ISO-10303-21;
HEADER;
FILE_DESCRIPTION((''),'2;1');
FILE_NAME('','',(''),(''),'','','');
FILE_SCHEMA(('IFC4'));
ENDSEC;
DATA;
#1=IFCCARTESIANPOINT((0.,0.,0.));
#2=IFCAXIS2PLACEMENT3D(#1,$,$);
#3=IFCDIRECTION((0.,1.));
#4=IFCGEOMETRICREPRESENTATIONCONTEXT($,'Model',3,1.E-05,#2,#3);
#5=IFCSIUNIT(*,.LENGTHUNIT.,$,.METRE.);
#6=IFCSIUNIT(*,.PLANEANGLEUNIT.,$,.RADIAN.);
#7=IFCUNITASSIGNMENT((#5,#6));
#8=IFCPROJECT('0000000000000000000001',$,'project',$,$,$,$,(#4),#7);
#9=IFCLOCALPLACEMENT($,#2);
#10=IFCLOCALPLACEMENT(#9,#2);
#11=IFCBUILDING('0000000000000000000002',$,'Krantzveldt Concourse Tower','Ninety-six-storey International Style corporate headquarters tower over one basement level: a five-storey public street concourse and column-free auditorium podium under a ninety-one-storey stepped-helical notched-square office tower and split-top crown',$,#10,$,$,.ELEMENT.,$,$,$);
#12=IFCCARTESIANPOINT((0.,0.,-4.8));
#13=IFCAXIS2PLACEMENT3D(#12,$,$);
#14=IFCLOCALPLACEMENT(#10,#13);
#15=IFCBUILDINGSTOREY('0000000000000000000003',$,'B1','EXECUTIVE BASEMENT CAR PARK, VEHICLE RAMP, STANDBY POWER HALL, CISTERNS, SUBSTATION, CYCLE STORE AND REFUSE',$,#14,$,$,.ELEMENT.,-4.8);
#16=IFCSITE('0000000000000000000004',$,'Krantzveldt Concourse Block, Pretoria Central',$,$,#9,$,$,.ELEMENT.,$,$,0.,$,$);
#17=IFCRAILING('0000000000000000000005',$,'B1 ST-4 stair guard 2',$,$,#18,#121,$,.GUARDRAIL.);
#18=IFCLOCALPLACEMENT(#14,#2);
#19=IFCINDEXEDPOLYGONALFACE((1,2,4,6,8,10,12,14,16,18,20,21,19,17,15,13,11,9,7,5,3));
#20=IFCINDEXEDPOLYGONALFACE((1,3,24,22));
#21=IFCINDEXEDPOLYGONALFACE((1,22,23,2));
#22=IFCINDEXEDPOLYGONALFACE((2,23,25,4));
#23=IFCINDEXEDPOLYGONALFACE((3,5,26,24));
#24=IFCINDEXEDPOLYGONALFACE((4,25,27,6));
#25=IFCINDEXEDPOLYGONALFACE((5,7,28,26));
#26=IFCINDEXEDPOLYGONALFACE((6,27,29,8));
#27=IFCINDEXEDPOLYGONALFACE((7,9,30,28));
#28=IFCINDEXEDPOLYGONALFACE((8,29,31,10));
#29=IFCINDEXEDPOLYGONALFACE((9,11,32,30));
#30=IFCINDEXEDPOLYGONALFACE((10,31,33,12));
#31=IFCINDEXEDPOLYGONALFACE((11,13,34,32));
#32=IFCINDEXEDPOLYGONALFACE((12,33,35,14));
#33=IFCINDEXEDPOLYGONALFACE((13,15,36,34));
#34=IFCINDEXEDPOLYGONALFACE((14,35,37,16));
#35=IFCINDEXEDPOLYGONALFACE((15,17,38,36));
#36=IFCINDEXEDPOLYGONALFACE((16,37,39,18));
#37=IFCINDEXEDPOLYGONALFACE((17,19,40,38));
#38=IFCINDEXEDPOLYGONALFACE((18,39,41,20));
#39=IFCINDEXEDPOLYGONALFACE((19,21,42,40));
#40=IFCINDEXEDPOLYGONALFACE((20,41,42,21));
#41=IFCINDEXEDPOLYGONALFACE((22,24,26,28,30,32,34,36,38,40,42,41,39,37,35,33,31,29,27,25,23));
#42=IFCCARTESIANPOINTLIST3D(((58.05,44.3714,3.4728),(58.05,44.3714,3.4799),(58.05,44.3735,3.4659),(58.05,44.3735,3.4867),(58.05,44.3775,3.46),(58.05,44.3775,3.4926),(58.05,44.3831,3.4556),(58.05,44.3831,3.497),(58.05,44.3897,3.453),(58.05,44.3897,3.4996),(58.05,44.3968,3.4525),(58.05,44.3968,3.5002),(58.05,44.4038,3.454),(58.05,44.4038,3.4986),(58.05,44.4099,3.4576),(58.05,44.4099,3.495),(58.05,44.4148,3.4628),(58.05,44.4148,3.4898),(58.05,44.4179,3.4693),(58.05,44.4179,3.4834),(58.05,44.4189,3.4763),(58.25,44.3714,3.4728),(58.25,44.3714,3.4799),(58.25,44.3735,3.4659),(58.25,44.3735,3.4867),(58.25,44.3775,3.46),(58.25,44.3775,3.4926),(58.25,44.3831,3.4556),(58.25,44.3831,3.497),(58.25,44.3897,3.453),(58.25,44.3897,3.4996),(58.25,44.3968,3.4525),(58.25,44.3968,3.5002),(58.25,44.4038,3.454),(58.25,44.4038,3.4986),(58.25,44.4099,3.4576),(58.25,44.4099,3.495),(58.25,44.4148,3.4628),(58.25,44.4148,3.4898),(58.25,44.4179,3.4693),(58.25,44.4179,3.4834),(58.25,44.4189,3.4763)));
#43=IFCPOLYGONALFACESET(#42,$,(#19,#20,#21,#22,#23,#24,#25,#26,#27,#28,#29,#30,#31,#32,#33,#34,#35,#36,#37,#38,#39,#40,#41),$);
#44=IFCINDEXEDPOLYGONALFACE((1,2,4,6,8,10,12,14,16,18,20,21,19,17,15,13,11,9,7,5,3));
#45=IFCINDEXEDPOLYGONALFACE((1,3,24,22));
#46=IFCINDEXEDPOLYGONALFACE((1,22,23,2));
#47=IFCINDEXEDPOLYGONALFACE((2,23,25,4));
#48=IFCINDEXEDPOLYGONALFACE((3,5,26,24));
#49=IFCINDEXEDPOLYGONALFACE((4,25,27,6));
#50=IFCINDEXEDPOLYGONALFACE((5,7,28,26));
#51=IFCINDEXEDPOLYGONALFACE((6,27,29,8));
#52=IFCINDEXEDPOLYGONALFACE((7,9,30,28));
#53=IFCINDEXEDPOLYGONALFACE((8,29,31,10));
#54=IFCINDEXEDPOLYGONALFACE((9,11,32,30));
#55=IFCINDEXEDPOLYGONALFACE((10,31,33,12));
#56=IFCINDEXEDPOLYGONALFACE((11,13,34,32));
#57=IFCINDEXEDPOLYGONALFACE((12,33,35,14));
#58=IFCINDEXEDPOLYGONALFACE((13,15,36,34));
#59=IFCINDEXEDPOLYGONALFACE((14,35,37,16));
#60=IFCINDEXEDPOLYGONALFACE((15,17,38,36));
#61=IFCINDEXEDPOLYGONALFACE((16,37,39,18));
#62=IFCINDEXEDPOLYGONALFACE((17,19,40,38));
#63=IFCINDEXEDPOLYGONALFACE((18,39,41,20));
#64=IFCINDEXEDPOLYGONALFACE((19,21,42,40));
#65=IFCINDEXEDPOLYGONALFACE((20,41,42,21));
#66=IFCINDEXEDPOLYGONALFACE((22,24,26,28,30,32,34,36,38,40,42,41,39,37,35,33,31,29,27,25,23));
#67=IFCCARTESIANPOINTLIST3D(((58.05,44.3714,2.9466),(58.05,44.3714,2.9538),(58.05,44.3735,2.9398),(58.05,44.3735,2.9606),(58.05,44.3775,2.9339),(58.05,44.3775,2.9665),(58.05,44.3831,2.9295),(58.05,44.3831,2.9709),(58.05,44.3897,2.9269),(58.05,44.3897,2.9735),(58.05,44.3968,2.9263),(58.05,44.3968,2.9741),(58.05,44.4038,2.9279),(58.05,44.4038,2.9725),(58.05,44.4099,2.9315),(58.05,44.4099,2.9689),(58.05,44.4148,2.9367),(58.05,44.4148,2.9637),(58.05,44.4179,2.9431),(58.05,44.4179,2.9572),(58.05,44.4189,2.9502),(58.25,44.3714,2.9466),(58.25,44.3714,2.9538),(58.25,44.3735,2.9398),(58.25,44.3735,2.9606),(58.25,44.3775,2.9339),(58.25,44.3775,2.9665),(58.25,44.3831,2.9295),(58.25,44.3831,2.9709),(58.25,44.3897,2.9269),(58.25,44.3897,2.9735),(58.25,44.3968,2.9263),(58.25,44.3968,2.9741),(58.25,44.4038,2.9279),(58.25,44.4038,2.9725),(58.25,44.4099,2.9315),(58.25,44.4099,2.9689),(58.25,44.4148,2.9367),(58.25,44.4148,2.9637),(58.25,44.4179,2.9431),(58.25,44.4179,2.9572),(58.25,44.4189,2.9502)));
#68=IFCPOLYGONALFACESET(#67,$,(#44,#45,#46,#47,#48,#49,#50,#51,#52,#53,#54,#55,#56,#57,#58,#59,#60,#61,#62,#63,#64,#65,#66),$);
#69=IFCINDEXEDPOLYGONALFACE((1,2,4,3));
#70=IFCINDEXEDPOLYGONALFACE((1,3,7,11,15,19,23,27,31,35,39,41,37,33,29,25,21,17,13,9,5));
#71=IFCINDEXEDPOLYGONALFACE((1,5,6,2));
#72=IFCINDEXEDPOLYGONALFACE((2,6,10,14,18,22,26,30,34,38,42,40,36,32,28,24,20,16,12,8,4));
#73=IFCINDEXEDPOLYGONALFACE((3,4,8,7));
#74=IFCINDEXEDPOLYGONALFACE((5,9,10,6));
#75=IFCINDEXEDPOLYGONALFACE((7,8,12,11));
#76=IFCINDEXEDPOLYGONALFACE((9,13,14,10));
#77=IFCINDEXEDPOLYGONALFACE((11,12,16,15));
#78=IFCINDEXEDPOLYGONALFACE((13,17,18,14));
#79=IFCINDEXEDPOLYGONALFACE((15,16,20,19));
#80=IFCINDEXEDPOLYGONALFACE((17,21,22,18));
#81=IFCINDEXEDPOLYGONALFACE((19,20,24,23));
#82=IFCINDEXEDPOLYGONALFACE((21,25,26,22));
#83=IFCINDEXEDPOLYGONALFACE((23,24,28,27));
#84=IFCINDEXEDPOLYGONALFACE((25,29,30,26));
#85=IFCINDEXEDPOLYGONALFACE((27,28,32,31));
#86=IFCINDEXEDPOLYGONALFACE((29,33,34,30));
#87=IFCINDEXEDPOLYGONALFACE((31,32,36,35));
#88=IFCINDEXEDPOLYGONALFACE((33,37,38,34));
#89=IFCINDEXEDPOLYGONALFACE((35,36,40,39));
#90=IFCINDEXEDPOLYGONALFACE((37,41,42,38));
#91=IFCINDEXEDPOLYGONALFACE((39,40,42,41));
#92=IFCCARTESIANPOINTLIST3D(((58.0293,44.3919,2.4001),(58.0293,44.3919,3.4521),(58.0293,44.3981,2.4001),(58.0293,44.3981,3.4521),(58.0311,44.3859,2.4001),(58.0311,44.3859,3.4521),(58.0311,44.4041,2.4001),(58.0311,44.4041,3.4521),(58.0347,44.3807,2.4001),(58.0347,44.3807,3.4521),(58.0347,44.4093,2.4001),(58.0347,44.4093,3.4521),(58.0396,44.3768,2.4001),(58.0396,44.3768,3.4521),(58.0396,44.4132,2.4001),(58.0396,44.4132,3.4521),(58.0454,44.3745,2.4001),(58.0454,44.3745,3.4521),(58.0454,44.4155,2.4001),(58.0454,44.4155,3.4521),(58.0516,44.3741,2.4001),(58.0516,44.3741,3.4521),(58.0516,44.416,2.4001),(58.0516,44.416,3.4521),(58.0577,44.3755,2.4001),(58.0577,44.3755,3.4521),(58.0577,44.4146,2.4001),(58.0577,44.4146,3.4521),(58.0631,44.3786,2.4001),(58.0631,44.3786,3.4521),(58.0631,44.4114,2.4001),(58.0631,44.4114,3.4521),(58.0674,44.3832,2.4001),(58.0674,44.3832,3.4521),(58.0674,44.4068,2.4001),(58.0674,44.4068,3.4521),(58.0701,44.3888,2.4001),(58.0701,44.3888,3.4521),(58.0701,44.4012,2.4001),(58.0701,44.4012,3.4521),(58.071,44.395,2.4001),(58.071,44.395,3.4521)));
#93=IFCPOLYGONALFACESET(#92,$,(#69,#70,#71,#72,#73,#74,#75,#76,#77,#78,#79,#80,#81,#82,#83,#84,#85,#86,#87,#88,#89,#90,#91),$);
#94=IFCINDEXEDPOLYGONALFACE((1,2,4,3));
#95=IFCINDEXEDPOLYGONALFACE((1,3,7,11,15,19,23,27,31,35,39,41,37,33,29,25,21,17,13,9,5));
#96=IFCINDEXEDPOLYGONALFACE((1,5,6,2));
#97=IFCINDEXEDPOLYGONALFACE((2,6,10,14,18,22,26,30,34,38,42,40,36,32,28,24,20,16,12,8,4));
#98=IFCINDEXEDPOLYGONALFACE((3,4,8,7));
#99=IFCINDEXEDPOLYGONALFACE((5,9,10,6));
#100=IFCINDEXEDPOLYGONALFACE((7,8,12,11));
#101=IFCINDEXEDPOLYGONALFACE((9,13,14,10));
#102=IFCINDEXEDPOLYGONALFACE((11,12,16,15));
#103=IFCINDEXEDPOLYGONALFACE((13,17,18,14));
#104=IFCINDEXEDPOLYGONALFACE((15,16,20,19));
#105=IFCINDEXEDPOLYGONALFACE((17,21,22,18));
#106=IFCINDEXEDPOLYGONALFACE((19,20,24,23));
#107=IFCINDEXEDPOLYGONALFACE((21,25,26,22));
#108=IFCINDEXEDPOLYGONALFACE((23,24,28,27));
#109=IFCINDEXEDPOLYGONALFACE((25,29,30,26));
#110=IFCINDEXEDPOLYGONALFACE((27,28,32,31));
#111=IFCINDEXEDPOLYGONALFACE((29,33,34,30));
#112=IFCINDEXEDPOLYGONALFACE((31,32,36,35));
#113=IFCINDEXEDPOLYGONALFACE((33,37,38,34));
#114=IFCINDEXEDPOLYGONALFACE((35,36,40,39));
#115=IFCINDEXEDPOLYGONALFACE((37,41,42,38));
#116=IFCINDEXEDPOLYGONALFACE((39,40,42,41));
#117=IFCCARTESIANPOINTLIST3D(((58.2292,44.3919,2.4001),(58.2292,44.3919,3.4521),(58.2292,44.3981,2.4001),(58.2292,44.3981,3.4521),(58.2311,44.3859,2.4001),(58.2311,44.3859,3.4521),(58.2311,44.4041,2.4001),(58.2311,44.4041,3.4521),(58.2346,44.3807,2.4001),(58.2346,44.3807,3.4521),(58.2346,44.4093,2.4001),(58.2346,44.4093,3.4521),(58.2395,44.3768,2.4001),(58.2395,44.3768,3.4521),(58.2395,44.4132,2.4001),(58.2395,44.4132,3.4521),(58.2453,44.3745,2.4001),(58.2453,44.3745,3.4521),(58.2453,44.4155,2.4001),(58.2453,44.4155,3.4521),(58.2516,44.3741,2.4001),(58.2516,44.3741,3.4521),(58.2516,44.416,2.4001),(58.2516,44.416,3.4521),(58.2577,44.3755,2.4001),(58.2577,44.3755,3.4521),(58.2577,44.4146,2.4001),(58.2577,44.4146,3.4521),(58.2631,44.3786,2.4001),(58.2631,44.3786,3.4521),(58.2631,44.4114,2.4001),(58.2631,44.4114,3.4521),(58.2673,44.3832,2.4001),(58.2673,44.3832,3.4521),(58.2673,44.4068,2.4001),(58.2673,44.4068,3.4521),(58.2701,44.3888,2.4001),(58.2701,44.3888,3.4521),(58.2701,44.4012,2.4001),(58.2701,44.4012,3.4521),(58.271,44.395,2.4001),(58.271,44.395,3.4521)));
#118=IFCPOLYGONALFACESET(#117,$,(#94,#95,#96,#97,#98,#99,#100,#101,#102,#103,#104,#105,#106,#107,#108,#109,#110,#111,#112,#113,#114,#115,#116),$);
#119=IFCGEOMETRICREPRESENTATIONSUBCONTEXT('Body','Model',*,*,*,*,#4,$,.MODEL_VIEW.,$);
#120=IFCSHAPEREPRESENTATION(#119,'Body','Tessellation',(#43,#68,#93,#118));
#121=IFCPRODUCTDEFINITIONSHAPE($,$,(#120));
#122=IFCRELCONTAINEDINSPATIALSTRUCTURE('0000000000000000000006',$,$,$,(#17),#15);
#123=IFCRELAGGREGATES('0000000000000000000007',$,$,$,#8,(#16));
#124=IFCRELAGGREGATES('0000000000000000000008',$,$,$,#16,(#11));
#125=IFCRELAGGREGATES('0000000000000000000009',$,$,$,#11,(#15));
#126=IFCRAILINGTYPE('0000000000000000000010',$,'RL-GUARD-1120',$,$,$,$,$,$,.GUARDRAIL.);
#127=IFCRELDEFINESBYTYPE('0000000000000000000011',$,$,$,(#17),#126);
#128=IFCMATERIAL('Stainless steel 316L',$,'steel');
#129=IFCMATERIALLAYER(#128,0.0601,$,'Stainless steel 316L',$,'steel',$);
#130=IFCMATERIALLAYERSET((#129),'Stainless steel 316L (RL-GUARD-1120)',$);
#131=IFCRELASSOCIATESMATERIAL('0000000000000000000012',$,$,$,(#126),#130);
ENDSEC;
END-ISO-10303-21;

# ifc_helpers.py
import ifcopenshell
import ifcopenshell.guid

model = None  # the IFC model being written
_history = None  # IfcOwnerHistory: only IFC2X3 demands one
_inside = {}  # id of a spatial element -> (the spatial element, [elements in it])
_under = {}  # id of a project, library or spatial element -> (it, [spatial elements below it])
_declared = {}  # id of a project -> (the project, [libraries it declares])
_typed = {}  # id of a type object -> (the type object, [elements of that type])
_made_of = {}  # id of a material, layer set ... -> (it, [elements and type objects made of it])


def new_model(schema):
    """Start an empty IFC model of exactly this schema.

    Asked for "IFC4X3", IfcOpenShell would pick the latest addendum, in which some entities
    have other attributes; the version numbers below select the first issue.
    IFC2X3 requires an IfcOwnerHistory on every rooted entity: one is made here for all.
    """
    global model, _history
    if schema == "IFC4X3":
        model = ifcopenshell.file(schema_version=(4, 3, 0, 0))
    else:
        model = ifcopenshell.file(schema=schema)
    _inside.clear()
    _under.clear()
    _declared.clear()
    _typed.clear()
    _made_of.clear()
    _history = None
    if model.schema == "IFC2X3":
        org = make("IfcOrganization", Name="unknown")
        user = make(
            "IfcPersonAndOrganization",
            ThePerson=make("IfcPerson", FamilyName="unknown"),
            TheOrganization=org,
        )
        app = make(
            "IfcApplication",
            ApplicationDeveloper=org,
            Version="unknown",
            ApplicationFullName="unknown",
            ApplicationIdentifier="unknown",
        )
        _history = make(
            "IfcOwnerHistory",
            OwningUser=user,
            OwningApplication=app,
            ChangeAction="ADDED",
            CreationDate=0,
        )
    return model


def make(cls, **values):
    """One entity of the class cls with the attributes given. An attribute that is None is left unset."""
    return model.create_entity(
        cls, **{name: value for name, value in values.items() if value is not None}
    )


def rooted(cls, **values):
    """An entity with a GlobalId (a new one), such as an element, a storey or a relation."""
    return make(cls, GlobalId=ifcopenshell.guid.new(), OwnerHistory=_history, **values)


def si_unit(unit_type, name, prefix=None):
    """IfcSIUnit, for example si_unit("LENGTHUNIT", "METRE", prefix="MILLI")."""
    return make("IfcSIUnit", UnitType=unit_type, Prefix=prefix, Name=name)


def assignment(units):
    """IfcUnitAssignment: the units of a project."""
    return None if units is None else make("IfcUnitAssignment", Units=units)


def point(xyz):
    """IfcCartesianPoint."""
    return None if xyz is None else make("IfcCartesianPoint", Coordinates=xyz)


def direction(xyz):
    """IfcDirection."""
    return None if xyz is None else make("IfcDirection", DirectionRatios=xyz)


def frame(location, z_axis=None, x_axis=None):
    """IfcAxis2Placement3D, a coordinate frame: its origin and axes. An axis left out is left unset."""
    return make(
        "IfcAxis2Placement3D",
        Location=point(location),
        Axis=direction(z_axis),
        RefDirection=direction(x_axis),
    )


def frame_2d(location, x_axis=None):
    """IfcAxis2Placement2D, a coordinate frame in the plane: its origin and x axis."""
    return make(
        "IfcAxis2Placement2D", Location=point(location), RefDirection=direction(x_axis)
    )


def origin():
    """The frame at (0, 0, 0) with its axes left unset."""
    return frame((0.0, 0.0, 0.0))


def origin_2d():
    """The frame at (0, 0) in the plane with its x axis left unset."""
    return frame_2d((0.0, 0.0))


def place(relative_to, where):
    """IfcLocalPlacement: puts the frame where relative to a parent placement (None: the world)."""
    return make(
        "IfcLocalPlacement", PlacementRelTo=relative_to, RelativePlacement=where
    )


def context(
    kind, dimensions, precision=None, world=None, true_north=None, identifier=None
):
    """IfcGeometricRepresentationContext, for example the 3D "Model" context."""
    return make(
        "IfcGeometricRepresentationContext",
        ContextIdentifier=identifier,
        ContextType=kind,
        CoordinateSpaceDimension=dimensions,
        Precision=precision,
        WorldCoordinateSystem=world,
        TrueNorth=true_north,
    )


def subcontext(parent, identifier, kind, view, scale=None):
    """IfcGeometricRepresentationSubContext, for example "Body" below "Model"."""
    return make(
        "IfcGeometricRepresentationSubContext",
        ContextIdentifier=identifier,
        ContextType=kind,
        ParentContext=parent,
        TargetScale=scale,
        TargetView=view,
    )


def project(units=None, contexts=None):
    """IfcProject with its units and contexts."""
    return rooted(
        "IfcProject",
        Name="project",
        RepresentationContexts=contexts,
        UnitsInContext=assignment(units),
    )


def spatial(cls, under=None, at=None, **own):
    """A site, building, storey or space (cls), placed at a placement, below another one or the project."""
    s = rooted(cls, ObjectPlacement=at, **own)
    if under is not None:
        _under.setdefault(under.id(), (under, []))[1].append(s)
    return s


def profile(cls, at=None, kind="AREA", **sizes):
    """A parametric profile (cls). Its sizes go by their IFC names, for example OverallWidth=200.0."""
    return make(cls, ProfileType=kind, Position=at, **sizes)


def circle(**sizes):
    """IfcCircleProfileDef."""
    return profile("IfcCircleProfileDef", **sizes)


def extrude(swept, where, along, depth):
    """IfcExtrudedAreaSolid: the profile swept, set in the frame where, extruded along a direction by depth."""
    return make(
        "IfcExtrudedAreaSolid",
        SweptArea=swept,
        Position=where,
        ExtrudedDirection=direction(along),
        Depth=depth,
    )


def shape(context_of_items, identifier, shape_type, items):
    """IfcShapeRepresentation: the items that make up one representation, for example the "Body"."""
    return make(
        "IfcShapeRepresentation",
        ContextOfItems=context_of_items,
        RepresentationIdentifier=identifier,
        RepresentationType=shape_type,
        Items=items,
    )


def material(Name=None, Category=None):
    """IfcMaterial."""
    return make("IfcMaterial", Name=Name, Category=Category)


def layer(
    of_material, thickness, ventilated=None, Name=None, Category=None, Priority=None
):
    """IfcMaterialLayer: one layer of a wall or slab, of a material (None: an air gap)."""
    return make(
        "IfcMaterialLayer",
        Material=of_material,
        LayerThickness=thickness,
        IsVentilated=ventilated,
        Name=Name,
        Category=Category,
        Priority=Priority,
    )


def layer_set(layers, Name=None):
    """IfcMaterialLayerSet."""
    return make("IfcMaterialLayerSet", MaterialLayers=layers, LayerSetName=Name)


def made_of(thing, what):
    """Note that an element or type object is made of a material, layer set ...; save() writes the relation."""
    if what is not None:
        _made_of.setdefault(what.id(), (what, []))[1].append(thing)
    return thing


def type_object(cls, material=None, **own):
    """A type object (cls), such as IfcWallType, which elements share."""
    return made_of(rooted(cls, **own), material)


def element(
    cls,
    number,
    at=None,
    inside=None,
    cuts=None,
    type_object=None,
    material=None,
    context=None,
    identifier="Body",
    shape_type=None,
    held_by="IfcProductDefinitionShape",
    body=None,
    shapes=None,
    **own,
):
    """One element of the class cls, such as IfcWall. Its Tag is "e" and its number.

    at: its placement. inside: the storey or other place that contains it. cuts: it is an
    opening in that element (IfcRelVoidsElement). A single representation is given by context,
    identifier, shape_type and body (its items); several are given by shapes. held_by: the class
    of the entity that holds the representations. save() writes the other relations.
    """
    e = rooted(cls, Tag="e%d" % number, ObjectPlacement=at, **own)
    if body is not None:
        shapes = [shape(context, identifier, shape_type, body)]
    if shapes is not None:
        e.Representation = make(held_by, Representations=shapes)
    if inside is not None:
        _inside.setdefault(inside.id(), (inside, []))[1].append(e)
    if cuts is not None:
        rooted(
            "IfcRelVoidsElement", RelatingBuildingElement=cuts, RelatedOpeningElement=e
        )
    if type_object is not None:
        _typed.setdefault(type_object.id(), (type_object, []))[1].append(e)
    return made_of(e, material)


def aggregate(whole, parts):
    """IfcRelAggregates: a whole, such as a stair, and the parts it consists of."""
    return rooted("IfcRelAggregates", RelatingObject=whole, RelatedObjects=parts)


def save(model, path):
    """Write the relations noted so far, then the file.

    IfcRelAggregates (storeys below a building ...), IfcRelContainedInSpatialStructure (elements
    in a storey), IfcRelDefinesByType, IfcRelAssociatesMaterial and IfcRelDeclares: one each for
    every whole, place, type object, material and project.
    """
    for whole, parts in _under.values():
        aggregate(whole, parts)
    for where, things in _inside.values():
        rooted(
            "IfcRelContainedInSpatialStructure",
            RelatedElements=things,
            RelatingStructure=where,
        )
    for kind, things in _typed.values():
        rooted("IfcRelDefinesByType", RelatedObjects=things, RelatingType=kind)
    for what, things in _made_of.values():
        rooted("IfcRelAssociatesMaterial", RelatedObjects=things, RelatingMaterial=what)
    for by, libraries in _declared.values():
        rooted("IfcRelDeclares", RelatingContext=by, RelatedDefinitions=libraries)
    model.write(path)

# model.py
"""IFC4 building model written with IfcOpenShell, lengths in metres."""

from ifc_helpers import new_model, si_unit, direction, frame, origin, origin_2d, place, context, subcontext, project, spatial, circle, extrude, material, layer, layer_set, type_object, element, save


model = new_model("IFC4")

# Units and contexts
model_context = context("Model", 3, precision=1e-05, world=origin(), true_north=direction((0.0, 1.0)))
body_context = subcontext(model_context, "Body", "Model", "MODEL_VIEW")
ifc_project = project(units=[si_unit("LENGTHUNIT", "METRE"), si_unit("PLANEANGLEUNIT", "RADIAN")], contexts=[model_context])

# Site, building, storey
site_placement = place(None, origin())
site = spatial("IfcSite", under=ifc_project, at=site_placement, Name="Krantzveldt Concourse Block, Pretoria Central", CompositionType="ELEMENT", RefElevation=0.0)
building_placement = place(site_placement, origin())
building = spatial("IfcBuilding", under=site, at=building_placement, Name="Krantzveldt Concourse Tower", Description="Ninety-six-storey International Style corporate headquarters tower over one basement level: a five-storey public street concourse and column-free auditorium podium under a ninety-one-storey stepped-helical notched-square office tower and split-top crown", CompositionType="ELEMENT")
storey_placement = place(building_placement, frame((0.0, 0.0, -4.8)))
storey = spatial("IfcBuildingStorey", under=building, at=storey_placement, Name="B1", Description="EXECUTIVE BASEMENT CAR PARK, VEHICLE RAMP, STANDBY POWER HALL, CISTERNS, SUBSTATION, CYCLE STORE AND REFUSE", CompositionType="ELEMENT", Elevation=-4.8)

# Railing
ifc_material_1 = material(Name="Stainless steel 316L", Category="steel")
ifc_layer_1 = layer(ifc_material_1, 0.0601, Name="Stainless steel 316L", Category="steel")
ifc_layer_set_1 = layer_set([ifc_layer_1], Name="Stainless steel 316L (RL-GUARD-1120)")
railing_type_1 = type_object("IfcRailingType", Name="RL-GUARD-1120", PredefinedType="GUARDRAIL", material=ifc_layer_set_1)
railing_1_placement = place(storey_placement, frame((58.05, 44.395, 2.4001)))
element("IfcRailing", 1, at=railing_1_placement, inside=storey, type_object=railing_type_1, Name="B1 ST-4 stair guard 2", PredefinedType="GUARDRAIL", context=body_context, shape_type="SweptSolid", body=[
    extrude(circle(Radius=0.0239, at=origin_2d()), frame((0.0, 0.0, 1.0762), z_axis=(1.0, 0.0, 0.0), x_axis=(0.0, 1.0, 0.0)), (0.0, 0.0, 1.0), 0.2),
    extrude(circle(Radius=0.0239, at=origin_2d()), frame((0.0, 0.0, 0.55), z_axis=(1.0, 0.0, 0.0), x_axis=(0.0, 1.0, 0.0)), (0.0, 0.0, 1.0), 0.2),
    extrude(circle(Radius=0.021, at=origin_2d()), origin(), (0.0, 0.0, 1.0), 1.052),
    extrude(circle(Radius=0.021, at=origin_2d()), frame((0.2, 0.0, 0.0)), (0.0, 0.0, 1.0), 1.052),
])

save(model, "model.ifc")
